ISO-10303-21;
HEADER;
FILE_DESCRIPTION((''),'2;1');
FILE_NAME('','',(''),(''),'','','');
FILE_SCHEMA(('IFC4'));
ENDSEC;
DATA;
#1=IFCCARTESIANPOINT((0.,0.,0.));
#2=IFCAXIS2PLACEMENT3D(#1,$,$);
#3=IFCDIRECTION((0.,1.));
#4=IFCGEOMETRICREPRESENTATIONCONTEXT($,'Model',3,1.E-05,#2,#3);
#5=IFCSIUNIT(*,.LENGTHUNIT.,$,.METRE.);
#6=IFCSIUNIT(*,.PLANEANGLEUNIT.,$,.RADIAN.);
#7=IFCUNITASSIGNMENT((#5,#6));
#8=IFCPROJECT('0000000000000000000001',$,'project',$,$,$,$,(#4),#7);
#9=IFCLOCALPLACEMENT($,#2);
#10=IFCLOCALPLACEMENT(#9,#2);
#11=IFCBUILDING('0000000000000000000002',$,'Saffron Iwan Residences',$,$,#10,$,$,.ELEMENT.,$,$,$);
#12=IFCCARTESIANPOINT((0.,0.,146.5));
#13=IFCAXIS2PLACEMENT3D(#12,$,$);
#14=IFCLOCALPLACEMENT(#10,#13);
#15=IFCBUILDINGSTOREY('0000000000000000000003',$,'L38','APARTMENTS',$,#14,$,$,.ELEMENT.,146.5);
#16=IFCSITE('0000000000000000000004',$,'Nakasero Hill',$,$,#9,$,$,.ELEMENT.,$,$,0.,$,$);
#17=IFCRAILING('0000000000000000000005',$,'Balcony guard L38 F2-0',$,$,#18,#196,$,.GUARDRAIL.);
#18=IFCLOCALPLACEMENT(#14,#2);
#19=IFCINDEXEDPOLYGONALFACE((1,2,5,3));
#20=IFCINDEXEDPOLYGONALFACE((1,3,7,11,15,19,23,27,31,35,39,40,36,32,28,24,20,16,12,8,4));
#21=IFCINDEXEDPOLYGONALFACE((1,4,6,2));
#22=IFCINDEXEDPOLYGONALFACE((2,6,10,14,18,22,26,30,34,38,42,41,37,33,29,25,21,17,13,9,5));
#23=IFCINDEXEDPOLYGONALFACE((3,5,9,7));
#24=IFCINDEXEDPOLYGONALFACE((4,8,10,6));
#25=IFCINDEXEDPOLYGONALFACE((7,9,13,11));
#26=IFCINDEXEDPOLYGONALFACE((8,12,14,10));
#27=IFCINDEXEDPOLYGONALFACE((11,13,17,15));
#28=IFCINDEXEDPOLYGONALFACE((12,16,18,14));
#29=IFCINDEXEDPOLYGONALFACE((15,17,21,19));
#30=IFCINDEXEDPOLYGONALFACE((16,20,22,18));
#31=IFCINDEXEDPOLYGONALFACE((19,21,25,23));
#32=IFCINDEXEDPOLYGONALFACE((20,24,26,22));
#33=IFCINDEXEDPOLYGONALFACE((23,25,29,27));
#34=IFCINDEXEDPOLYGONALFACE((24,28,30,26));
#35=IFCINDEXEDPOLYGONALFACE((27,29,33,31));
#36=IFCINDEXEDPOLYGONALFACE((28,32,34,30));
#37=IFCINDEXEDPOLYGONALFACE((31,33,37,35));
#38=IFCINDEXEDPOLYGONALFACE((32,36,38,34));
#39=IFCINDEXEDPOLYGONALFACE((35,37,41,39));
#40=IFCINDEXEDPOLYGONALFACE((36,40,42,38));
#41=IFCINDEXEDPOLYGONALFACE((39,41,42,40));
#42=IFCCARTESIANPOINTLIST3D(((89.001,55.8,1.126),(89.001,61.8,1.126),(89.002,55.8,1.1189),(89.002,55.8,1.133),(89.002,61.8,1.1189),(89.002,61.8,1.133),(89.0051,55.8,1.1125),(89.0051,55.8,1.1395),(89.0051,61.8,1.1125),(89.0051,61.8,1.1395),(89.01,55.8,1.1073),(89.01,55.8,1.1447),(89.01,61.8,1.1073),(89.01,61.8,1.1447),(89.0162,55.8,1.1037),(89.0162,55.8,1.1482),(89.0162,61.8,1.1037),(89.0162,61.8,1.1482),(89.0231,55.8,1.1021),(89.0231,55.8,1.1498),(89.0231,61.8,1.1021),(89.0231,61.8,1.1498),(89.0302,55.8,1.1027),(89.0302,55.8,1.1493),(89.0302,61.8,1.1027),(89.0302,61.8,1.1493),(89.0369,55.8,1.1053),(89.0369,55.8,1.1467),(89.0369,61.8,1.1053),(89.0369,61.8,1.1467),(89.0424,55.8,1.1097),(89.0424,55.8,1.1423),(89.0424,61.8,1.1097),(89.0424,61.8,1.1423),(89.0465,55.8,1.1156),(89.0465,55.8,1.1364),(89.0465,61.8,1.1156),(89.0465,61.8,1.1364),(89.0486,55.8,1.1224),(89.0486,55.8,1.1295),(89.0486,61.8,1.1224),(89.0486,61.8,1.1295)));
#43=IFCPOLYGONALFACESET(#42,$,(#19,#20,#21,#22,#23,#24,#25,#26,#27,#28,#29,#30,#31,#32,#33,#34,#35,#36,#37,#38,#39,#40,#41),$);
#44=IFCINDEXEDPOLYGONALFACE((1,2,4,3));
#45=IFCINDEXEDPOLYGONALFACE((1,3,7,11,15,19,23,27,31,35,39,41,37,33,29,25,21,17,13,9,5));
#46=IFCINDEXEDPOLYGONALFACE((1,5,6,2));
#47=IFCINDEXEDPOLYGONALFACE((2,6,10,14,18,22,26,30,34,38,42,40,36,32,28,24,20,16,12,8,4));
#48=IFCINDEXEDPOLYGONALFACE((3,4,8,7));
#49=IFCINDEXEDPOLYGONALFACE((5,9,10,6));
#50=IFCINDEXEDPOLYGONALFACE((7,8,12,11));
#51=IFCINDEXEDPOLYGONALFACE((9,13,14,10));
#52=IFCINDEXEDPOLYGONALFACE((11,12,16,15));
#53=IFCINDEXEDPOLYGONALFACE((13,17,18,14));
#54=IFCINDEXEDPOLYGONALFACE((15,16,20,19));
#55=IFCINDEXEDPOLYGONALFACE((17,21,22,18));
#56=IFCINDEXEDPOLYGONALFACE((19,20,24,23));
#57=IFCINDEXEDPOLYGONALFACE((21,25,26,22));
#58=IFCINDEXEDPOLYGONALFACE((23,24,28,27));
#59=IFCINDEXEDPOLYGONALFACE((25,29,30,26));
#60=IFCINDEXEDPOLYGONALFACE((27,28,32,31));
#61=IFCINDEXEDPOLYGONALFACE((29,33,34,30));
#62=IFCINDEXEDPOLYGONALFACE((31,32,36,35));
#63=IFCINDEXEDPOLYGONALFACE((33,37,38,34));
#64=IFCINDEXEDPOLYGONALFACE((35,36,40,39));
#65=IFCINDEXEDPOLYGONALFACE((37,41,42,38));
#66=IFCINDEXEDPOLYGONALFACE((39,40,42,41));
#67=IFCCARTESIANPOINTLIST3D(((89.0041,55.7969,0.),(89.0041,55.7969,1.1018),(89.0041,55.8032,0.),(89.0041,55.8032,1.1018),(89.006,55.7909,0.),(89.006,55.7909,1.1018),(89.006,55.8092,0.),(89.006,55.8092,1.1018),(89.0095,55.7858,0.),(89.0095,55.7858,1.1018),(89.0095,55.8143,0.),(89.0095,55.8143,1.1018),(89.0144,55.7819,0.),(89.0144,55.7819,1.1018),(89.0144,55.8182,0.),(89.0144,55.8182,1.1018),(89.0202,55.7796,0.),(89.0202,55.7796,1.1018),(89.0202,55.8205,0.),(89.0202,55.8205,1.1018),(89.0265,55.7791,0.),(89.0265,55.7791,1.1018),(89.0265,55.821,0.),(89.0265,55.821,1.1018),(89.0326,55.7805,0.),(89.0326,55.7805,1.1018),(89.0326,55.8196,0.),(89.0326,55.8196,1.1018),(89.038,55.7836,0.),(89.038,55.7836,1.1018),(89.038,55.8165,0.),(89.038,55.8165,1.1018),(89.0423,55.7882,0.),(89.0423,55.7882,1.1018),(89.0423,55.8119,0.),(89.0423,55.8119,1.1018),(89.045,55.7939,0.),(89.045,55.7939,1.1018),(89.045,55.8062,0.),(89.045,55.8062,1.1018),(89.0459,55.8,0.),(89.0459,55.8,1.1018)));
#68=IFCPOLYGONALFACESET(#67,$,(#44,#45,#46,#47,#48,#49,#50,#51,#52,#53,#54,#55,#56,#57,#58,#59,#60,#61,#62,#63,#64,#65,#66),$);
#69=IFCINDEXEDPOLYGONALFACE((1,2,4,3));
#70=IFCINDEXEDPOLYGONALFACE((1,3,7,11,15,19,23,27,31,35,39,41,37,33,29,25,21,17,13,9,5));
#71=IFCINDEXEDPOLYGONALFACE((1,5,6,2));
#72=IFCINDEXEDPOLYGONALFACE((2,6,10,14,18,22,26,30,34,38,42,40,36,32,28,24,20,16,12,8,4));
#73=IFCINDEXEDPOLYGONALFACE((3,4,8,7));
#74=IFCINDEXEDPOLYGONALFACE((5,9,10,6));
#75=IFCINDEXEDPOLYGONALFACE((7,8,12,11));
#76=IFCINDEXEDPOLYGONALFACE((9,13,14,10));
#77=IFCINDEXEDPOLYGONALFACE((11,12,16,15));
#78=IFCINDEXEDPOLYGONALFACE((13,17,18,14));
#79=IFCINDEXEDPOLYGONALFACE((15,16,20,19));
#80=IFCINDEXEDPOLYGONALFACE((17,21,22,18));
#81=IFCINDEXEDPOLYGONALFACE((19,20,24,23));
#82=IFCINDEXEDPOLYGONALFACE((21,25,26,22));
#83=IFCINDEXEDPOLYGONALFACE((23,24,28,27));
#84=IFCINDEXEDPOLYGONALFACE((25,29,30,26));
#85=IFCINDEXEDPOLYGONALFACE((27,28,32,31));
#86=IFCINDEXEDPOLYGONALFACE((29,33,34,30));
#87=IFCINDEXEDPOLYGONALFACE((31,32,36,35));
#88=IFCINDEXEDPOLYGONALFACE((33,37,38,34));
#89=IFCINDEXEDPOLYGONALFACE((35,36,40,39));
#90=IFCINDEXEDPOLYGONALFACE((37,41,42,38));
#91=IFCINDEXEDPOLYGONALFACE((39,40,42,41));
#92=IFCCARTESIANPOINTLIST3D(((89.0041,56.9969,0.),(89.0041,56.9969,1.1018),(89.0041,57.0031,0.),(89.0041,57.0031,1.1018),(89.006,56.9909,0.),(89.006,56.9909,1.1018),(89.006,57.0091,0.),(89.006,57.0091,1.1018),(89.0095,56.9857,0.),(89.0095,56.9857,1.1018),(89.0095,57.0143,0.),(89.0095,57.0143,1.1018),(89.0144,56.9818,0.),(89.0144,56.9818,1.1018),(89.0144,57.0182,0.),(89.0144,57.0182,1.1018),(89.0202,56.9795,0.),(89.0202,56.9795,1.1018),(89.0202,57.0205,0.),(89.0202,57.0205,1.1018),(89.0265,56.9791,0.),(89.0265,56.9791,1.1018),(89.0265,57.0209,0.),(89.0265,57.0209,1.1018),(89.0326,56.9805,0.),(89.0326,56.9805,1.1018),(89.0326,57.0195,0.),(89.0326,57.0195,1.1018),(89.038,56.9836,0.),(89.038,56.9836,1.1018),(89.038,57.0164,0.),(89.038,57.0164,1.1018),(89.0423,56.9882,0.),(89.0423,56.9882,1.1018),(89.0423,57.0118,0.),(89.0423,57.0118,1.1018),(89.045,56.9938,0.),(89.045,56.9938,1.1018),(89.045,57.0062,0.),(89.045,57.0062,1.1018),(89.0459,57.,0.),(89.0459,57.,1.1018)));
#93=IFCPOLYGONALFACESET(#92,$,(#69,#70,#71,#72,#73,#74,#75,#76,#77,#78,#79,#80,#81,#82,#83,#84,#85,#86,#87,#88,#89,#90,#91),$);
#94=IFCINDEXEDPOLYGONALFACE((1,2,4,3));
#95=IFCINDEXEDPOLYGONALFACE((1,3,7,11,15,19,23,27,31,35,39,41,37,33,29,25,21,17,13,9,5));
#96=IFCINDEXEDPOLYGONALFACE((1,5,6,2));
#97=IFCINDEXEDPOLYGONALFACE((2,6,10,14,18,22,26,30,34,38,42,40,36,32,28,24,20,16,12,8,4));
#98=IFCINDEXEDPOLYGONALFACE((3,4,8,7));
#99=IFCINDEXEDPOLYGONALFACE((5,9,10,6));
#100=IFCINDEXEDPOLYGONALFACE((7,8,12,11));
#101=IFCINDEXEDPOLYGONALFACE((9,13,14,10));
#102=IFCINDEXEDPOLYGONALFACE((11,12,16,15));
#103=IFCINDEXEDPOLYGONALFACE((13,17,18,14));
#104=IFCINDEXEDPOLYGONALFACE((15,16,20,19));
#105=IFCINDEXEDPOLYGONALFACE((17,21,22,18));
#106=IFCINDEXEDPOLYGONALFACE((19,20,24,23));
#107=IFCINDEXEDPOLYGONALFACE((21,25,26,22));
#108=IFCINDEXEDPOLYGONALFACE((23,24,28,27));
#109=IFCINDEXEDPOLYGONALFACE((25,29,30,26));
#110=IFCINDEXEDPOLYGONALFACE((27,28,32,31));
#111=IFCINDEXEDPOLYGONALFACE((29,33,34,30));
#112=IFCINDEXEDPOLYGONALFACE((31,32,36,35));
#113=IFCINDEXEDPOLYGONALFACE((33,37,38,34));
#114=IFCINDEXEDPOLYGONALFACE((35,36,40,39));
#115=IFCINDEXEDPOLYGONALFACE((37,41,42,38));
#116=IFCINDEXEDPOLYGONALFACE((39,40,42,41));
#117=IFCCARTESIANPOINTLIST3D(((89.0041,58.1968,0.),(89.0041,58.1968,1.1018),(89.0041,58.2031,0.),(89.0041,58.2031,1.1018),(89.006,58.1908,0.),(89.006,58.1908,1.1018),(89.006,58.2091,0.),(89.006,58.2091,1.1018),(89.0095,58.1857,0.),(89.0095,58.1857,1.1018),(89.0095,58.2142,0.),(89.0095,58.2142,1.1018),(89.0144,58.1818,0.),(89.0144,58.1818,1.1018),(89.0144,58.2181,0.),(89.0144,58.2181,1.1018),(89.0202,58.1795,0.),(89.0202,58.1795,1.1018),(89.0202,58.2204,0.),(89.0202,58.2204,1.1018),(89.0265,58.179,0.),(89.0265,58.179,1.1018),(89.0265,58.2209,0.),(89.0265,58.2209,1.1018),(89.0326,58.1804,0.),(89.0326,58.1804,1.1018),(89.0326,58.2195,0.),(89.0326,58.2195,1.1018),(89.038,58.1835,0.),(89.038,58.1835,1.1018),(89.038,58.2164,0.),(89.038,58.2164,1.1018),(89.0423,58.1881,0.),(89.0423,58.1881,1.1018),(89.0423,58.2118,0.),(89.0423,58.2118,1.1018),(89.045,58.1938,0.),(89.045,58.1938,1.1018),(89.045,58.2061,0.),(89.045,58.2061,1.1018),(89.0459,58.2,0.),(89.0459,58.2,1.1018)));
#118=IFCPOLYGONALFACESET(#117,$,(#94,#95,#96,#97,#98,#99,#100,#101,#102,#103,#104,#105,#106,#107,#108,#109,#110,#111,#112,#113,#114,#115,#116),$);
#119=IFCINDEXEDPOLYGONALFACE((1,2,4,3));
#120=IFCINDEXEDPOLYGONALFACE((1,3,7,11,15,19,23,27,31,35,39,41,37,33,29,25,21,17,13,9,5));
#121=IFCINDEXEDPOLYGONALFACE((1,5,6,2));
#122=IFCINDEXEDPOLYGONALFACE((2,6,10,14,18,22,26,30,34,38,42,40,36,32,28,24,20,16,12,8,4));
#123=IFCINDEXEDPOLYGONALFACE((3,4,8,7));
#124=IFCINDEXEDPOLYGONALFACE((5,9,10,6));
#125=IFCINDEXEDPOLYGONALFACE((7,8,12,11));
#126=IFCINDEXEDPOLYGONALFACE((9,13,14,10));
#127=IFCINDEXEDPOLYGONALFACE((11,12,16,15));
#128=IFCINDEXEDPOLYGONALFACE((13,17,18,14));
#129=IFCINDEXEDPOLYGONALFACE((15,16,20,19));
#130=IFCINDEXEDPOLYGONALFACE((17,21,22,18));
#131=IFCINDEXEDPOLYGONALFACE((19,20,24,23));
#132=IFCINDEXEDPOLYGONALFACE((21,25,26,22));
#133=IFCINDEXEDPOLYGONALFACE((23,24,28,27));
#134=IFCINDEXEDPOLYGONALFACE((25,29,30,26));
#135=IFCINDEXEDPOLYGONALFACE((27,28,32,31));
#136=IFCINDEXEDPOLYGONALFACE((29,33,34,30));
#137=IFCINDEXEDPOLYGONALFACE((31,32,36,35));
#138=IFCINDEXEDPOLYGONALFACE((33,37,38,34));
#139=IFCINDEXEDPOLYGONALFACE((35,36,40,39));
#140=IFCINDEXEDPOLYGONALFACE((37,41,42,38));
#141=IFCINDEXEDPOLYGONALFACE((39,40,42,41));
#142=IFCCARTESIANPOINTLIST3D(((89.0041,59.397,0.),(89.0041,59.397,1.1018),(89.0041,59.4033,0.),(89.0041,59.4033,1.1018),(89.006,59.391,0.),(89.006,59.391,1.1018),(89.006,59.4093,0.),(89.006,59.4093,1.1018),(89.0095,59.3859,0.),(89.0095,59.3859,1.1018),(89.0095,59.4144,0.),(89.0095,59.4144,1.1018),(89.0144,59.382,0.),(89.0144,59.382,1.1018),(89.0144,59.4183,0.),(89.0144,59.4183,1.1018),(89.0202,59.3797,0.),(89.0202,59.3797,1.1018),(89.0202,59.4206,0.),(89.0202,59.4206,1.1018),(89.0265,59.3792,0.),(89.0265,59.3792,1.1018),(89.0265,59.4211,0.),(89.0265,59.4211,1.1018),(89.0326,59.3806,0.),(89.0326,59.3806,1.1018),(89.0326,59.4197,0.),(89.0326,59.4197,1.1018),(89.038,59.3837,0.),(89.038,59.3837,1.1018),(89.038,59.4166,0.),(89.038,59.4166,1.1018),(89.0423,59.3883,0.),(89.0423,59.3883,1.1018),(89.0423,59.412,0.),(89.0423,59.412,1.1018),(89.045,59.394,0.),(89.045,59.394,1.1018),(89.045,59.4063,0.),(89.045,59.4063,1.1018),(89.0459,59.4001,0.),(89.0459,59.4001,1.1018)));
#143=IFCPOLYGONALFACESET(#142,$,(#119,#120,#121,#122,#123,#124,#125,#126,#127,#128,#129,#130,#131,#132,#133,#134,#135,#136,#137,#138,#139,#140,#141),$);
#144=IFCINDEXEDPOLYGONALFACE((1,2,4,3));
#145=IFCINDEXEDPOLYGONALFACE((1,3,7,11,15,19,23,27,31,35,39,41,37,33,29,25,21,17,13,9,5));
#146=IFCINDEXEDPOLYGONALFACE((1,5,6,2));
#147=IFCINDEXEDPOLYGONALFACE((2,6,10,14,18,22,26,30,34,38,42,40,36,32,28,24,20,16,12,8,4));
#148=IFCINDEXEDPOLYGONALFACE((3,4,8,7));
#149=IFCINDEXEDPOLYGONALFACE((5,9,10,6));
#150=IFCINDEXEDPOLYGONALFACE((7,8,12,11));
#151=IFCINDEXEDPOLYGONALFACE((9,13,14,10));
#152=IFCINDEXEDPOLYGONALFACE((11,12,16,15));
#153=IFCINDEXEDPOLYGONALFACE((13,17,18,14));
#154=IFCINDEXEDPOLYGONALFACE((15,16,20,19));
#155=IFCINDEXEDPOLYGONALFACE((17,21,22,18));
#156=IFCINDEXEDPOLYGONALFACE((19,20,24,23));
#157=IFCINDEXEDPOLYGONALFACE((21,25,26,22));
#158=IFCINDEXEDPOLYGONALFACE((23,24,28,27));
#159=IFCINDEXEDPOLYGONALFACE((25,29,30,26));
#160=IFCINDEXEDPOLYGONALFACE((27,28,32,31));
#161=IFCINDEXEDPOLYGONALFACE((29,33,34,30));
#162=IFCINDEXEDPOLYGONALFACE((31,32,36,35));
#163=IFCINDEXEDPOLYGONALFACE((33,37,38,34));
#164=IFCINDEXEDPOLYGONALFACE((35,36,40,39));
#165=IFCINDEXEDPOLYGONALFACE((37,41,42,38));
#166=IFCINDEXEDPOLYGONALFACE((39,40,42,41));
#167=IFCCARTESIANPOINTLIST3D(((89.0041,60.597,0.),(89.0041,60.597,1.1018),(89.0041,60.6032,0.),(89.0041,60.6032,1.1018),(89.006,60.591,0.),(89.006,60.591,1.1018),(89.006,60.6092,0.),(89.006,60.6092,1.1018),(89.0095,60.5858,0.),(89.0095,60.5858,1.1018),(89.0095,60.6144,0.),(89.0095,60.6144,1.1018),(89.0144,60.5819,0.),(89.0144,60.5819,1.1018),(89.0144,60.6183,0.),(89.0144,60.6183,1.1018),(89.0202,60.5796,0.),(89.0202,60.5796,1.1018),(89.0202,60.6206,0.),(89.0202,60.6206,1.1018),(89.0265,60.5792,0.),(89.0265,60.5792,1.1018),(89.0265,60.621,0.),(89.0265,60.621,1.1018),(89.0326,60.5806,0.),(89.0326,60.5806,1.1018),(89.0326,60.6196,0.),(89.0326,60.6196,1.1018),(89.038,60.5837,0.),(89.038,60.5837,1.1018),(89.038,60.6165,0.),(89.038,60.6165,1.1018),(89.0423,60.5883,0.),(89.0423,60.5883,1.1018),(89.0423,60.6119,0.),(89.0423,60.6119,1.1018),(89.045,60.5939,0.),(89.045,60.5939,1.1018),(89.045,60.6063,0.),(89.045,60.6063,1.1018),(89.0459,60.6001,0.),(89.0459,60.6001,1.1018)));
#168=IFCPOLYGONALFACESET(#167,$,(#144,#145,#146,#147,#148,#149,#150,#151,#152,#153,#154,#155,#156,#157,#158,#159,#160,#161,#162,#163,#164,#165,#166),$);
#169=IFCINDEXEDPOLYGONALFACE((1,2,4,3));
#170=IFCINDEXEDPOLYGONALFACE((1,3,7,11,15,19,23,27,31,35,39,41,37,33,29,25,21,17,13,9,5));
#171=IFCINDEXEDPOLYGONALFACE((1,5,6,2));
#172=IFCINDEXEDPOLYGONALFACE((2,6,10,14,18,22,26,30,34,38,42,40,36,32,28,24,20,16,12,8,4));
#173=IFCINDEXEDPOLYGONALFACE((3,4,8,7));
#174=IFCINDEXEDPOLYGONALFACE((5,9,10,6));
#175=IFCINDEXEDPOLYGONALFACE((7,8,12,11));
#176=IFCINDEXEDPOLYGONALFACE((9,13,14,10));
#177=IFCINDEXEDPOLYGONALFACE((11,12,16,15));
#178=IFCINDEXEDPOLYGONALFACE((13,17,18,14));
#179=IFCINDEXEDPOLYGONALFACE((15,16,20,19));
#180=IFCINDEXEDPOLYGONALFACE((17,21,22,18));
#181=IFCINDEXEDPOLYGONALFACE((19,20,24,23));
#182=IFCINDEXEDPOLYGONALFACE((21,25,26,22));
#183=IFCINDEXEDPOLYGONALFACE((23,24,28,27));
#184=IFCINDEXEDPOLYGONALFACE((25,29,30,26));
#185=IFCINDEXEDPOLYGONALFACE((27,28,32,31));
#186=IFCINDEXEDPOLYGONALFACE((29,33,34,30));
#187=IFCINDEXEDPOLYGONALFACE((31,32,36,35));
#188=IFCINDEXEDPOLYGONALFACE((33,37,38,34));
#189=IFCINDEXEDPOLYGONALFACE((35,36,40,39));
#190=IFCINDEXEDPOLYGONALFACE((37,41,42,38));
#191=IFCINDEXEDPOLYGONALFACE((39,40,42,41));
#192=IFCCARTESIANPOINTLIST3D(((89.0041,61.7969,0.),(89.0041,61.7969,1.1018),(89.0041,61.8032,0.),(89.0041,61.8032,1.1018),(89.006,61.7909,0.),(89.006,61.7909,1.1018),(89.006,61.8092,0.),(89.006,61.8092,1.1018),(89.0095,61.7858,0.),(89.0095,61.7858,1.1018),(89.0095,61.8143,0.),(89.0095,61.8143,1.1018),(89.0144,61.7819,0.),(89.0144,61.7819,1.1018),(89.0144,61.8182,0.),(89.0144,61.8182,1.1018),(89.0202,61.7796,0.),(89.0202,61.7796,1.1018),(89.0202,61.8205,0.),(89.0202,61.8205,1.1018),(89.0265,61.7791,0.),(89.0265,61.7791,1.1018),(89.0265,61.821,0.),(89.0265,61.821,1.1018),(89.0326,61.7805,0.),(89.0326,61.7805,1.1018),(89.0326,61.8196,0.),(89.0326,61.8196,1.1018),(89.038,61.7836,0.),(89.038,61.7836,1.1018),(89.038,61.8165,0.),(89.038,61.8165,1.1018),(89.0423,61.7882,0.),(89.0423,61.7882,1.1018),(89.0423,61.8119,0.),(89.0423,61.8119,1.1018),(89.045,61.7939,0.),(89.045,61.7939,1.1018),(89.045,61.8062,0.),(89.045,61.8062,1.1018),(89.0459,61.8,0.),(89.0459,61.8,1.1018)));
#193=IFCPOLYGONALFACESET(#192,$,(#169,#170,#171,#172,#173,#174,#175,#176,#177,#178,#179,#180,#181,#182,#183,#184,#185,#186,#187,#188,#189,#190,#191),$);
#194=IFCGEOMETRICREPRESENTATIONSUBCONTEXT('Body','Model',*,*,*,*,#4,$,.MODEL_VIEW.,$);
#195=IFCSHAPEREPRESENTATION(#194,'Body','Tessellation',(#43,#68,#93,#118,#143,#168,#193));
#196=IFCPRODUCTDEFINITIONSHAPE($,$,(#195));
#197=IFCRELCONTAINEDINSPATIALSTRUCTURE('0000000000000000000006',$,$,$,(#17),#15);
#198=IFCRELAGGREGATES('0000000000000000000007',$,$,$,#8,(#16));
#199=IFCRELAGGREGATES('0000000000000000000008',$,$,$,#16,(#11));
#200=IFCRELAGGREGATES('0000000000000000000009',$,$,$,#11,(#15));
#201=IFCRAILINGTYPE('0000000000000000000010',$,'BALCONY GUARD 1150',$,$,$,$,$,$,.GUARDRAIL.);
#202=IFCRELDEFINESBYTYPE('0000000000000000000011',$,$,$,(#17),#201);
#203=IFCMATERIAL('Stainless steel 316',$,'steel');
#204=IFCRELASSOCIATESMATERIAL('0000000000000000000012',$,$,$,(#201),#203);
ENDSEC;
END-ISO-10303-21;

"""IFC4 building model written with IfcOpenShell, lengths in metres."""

from ifc_helpers import new_model, si_unit, direction, frame, origin, origin_2d, place, context, subcontext, project, spatial, circle, extrude, material, type_object, element, save


model = new_model("IFC4")

# Units and contexts
model_context = context("Model", 3, precision=1e-05, world=origin(), true_north=direction((0.0, 1.0)))
body_context = subcontext(model_context, "Body", "Model", "MODEL_VIEW")
ifc_project = project(units=[si_unit("LENGTHUNIT", "METRE"), si_unit("PLANEANGLEUNIT", "RADIAN")], contexts=[model_context])

# Site, building, storey
site_placement = place(None, origin())
site = spatial("IfcSite", under=ifc_project, at=site_placement, Name="Nakasero Hill", CompositionType="ELEMENT", RefElevation=0.0)
building_placement = place(site_placement, origin())
building = spatial("IfcBuilding", under=site, at=building_placement, Name="Saffron Iwan Residences", CompositionType="ELEMENT")
storey_placement = place(building_placement, frame((0.0, 0.0, 146.5)))
storey = spatial("IfcBuildingStorey", under=building, at=storey_placement, Name="L38", Description="APARTMENTS", CompositionType="ELEMENT", Elevation=146.5)

# Railing
ifc_material_1 = material(Name="Stainless steel 316", Category="steel")
railing_type = type_object("IfcRailingType", Name="BALCONY GUARD 1150", PredefinedType="GUARDRAIL", material=ifc_material_1)
railing_placement = place(storey_placement, frame((89.0249, 55.8, 0.0)))
element("IfcRailing", 1, at=railing_placement, inside=storey, type_object=railing_type, Name="Balcony guard L38 F2-0", PredefinedType="GUARDRAIL", context=body_context, shape_type="SweptSolid", body=[
    extrude(circle(Radius=0.0239, at=origin_2d()), frame((0.0, 0.0, 1.126), z_axis=(0.0, 1.0, 0.0), x_axis=(-1.0, 0.0, 0.0)), (0.0, 0.0, 1.0), 6.0),
    extrude(circle(Radius=0.021, at=origin_2d()), origin(), (0.0, 0.0, 1.0), 1.1018),
    extrude(circle(Radius=0.021, at=origin_2d()), frame((0.0, 1.2, 0.0)), (0.0, 0.0, 1.0), 1.1018),
    extrude(circle(Radius=0.021, at=origin_2d()), frame((0.0, 2.3999, 0.0)), (0.0, 0.0, 1.0), 1.1018),
    extrude(circle(Radius=0.021, at=origin_2d()), frame((0.0, 3.6001, 0.0)), (0.0, 0.0, 1.0), 1.1018),
    extrude(circle(Radius=0.021, at=origin_2d()), frame((0.0, 4.8, 0.0)), (0.0, 0.0, 1.0), 1.1018),
    extrude(circle(Radius=0.021, at=origin_2d()), frame((0.0, 6.0, 0.0)), (0.0, 0.0, 1.0), 1.1018),
])

save(model, "model.ifc")
